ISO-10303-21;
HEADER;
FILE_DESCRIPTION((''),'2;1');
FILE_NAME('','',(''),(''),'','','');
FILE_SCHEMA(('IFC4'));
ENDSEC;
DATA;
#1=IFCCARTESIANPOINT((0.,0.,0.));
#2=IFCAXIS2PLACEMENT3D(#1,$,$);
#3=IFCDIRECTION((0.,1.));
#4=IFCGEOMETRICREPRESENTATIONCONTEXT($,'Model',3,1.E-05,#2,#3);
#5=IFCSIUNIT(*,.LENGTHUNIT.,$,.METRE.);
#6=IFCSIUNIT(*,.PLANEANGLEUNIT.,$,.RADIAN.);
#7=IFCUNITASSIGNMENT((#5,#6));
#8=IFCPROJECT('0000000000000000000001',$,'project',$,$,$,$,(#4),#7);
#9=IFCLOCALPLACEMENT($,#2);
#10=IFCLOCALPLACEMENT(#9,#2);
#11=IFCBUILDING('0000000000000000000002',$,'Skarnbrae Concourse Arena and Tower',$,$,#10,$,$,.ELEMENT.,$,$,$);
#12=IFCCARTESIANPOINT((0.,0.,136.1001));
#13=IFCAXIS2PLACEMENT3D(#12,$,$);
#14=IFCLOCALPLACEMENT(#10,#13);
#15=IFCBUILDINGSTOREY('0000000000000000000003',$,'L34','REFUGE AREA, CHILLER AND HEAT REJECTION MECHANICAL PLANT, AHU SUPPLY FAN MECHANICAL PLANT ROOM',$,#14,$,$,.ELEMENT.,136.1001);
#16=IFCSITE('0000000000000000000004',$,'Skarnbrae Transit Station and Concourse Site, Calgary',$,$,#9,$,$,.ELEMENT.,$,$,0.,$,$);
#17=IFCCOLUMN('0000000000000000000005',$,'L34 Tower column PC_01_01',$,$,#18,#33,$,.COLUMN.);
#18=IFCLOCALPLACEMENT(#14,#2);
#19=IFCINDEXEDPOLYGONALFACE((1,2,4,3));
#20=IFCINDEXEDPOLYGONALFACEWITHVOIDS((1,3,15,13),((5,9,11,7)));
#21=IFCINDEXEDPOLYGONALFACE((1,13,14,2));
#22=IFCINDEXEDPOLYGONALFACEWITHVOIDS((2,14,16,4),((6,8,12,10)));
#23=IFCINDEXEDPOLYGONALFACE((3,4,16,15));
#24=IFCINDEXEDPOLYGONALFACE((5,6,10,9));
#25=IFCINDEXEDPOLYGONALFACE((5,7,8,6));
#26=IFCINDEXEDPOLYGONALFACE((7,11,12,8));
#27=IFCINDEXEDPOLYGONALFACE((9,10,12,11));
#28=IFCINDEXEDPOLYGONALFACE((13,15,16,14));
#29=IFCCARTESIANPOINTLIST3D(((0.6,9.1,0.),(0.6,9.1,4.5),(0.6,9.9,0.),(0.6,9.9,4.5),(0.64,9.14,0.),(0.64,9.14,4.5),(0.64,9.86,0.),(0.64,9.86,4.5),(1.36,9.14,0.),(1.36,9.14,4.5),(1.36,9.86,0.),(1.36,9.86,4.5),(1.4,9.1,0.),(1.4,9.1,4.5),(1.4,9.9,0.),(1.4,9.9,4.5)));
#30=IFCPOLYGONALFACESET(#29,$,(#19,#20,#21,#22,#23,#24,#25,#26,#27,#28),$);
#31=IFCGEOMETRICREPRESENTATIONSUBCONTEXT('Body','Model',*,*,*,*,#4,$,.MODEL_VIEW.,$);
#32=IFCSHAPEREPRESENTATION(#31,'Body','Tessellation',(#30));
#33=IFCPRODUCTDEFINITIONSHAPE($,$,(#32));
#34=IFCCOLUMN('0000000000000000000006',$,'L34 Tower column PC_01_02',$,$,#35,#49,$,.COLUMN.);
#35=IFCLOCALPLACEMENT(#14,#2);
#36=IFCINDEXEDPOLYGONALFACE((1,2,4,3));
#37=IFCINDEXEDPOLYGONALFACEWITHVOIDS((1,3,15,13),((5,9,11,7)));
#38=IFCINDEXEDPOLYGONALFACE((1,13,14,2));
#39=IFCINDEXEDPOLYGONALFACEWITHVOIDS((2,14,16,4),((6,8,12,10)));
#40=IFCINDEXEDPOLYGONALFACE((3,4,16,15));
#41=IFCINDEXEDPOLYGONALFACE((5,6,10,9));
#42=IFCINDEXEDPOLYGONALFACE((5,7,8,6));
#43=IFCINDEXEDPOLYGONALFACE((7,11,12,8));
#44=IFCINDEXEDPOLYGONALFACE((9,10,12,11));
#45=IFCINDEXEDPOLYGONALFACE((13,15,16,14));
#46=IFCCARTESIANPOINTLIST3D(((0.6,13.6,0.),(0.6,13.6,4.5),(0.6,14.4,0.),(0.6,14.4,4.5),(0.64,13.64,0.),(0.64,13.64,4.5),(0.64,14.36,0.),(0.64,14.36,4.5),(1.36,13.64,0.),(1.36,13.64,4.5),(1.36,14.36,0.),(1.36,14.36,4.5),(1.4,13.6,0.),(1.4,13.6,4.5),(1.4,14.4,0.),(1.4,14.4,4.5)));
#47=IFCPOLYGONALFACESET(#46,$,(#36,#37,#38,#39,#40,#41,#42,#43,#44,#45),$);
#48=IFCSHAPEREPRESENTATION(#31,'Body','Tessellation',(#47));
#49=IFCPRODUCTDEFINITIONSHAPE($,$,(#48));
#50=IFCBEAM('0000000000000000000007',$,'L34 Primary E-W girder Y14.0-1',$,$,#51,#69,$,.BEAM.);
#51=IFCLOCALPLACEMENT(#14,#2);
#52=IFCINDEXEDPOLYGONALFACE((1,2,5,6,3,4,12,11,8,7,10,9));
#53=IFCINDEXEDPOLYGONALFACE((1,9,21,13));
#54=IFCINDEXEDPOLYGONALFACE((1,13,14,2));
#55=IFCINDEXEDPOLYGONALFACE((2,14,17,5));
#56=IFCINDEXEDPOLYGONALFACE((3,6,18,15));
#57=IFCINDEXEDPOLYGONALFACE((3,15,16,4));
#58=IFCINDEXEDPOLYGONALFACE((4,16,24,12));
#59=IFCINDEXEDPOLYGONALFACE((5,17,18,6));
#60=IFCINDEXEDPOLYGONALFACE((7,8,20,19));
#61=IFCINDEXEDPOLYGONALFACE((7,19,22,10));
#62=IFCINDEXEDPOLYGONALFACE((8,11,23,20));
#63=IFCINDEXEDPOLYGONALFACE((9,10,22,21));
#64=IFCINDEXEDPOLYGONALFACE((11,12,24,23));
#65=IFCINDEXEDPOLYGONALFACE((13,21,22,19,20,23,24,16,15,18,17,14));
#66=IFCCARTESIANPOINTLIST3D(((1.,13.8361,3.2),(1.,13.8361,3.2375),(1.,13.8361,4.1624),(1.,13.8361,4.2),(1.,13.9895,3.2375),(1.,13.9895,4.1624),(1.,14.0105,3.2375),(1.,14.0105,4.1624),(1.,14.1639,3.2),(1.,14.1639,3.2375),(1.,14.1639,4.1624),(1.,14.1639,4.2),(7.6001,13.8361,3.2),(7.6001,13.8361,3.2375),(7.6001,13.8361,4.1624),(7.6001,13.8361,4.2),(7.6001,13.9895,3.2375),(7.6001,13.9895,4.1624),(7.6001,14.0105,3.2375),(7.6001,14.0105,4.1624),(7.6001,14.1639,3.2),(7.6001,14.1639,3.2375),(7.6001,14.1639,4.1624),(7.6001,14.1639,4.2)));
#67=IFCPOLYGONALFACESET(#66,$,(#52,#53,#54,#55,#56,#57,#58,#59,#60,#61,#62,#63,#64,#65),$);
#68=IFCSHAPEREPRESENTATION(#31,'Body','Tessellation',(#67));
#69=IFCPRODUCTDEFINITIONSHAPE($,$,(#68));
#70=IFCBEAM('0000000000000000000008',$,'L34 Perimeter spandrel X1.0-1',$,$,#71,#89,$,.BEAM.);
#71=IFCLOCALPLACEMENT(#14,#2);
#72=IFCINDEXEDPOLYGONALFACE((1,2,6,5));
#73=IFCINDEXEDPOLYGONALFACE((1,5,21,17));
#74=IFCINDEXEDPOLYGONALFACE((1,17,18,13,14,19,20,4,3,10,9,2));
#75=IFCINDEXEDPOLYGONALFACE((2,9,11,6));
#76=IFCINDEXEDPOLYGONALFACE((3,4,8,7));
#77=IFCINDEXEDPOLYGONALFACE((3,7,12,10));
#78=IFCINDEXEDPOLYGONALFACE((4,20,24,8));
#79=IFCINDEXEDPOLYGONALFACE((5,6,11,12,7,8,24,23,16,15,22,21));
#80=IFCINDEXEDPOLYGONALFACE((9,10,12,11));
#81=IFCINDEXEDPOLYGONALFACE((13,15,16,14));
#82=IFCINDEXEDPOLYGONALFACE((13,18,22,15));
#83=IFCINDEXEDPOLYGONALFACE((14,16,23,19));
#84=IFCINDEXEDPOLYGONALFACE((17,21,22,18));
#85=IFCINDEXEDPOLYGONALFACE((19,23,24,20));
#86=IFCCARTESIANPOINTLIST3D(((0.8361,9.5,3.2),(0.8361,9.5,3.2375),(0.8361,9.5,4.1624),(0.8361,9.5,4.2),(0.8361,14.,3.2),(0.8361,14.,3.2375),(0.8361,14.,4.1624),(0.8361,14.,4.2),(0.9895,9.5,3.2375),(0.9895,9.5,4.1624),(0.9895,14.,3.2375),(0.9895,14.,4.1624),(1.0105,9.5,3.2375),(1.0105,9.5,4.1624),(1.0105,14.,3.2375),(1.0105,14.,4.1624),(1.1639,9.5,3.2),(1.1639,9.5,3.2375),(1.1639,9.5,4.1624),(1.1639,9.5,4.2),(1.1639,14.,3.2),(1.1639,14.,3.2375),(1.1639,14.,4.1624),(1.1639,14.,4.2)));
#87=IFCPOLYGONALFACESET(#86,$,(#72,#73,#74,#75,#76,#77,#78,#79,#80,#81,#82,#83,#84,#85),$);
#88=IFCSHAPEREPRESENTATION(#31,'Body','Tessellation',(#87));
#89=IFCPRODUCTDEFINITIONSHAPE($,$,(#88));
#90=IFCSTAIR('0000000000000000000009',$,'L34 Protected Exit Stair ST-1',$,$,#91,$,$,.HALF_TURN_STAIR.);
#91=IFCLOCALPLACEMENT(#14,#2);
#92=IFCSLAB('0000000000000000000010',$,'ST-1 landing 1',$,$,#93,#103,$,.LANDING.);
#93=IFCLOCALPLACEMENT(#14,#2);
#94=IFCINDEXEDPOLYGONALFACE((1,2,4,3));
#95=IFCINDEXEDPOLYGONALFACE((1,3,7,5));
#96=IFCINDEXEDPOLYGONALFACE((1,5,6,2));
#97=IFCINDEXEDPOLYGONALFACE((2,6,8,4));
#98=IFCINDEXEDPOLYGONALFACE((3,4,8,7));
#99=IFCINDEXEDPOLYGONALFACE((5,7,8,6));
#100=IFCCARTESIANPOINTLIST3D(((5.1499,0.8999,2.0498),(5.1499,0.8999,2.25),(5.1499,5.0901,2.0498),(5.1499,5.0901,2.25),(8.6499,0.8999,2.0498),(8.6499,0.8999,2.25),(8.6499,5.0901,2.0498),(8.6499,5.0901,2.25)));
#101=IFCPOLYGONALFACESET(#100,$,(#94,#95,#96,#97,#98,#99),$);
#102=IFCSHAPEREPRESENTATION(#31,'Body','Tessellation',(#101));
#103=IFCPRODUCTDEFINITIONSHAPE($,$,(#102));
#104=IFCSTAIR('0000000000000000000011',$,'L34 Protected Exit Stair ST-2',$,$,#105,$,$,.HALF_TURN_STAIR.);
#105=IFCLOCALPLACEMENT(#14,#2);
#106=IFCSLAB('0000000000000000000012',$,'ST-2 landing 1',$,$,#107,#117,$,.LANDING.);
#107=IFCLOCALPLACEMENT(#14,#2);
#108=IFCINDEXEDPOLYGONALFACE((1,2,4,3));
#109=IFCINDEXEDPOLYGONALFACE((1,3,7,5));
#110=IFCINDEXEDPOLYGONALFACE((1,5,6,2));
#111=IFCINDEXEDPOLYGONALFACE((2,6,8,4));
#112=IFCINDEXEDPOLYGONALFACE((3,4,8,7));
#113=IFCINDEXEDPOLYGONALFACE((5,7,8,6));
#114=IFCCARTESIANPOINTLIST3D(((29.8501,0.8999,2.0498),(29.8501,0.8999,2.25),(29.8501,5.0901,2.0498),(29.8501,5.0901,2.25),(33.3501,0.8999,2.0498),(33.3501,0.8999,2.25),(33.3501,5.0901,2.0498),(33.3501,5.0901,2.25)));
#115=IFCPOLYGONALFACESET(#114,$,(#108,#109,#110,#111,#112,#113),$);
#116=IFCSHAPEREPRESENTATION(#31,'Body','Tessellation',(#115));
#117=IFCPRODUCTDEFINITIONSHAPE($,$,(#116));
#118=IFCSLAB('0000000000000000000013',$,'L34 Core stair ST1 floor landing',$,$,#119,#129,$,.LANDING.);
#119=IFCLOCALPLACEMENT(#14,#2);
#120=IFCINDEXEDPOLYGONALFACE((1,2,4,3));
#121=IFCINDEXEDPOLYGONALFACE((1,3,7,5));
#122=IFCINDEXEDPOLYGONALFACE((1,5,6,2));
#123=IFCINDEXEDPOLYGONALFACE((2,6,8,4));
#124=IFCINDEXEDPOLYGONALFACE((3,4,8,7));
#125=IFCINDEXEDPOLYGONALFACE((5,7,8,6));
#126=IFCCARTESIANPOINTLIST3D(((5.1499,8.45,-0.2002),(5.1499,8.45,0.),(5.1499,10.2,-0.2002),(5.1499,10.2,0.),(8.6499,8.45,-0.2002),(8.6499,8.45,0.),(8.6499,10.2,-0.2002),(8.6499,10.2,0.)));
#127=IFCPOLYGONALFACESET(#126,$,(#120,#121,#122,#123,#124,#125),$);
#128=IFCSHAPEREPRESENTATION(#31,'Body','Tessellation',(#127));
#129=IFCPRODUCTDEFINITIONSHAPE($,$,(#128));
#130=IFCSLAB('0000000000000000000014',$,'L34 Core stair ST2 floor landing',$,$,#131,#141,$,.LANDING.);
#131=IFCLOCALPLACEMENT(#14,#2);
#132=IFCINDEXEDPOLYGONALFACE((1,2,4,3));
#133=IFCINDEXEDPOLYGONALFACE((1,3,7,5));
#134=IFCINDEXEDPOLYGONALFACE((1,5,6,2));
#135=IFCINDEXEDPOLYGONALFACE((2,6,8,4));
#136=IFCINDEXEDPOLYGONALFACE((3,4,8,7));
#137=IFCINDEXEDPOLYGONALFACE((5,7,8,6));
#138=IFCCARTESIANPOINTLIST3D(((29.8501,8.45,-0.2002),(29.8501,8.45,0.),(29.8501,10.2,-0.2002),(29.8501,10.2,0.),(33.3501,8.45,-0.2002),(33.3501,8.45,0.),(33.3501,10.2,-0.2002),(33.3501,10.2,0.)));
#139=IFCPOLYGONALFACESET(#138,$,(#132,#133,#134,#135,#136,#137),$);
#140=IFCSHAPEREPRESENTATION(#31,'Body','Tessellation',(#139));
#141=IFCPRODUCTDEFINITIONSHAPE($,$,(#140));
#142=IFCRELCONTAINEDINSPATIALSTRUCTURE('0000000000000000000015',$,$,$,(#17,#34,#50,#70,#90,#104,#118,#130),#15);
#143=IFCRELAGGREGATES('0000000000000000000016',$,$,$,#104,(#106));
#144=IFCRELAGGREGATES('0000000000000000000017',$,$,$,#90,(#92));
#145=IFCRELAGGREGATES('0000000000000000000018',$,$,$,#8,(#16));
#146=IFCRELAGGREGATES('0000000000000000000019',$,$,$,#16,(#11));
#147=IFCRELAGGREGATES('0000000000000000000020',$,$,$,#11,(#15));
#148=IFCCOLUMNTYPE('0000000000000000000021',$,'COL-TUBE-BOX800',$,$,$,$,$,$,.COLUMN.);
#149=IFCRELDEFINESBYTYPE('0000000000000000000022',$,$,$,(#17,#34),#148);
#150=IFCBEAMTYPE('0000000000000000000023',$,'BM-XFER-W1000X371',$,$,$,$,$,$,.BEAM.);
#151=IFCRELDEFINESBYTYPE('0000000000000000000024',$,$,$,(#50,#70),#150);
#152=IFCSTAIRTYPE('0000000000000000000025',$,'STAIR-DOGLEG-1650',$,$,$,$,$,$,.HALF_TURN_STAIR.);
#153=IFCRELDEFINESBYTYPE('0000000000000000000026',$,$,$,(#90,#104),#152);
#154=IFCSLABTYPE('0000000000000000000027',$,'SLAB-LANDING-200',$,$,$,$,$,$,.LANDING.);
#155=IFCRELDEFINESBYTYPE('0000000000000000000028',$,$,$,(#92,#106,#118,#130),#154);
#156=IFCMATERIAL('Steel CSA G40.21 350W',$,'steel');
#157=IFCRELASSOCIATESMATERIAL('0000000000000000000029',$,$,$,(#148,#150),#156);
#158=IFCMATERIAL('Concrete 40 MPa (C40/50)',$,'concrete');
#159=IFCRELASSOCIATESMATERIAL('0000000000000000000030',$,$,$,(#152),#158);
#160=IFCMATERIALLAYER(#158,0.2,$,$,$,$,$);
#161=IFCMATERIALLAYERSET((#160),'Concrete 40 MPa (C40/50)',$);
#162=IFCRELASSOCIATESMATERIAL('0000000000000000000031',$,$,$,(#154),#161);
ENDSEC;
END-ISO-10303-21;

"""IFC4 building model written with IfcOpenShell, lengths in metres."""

from ifc_helpers import new_model, si_unit, direction, frame, origin, origin_2d, place, context, subcontext, project, spatial, polyline, hollow_rectangle, i_section, outline, extrude, source, transform, mapped, material, layer, layer_set, material_profile, profile_set, type_object, element, aggregate, save


model = new_model("IFC4")

# Units and contexts
model_context = context("Model", 3, precision=1e-05, world=origin(), true_north=direction((0.0, 1.0)))
body_context = subcontext(model_context, "Body", "Model", "MODEL_VIEW")
ifc_project = project(units=[si_unit("LENGTHUNIT", "METRE"), si_unit("PLANEANGLEUNIT", "RADIAN")], contexts=[model_context])

# Site, building, storey
site_placement = place(None, origin())
site = spatial("IfcSite", under=ifc_project, at=site_placement, Name="Skarnbrae Transit Station and Concourse Site, Calgary", CompositionType="ELEMENT", RefElevation=0.0)
building_placement = place(site_placement, origin())
building = spatial("IfcBuilding", under=site, at=building_placement, Name="Skarnbrae Concourse Arena and Tower", CompositionType="ELEMENT")
storey_placement = place(building_placement, frame((0.0, 0.0, 136.1001)))
storey = spatial("IfcBuildingStorey", under=building, at=storey_placement, Name="L34", Description="REFUGE AREA, CHILLER AND HEAT REJECTION MECHANICAL PLANT, AHU SUPPLY FAN MECHANICAL PLANT ROOM", CompositionType="ELEMENT", Elevation=136.1001)

# Columns
ifc_material_1 = material(Name="Steel CSA G40.21 350W", Category="steel")
ifc_material_profile_1 = material_profile(ifc_material_1, hollow_rectangle(XDim=0.8, YDim=0.8, WallThickness=0.04, at=origin_2d()), Name="BOX800X800X40")
ifc_profile_set_1 = profile_set([ifc_material_profile_1], Name="Steel CSA G40.21 350W")
column_type = type_object("IfcColumnType", Name="COL-TUBE-BOX800", PredefinedType="COLUMN", material=ifc_profile_set_1)
shared_shape_1 = source(origin(), body_context, "Body", "SweptSolid", [
    extrude(hollow_rectangle(XDim=0.8, YDim=0.8, WallThickness=0.04, at=origin_2d()), origin(), (0.0, 0.0, 1.0), 4.5),
])
for number, where, z_axis, x_axis, name in (
    (1, (1.0, 9.5, 0.0), (0.0, 0.0, 1.0), (1.0, 0.0, 0.0), "L34 Tower column PC_01_01"),
    (2, (1.0, 14.0, 0.0), (0.0, 0.0, 1.0), (1.0, 0.0, 0.0), "L34 Tower column PC_01_02"),
):
    element("IfcColumn", number, at=place(storey_placement, frame(where, z_axis=z_axis, x_axis=x_axis)), inside=storey, type_object=column_type, Name=name, PredefinedType="COLUMN", context=body_context, shape_type="MappedRepresentation", body=[
        mapped(shared_shape_1, transform((0.0, 0.0, 0.0))),
    ])

# Beams
ifc_material_profile_2 = material_profile(ifc_material_1, i_section(OverallWidth=0.3279, OverallDepth=1.0, WebThickness=0.021, FlangeThickness=0.0376, at=origin_2d()), Name="W1000X371")
ifc_profile_set_2 = profile_set([ifc_material_profile_2], Name="Steel CSA G40.21 350W")
beam_type = type_object("IfcBeamType", Name="BM-XFER-W1000X371", PredefinedType="BEAM", material=ifc_profile_set_2)
shared_shape_2 = source(origin(), body_context, "Body", "SweptSolid", [
    extrude(i_section(OverallWidth=0.3279, OverallDepth=1.0, WebThickness=0.021, FlangeThickness=0.0376, at=origin_2d()), origin(), (0.0, 0.0, 1.0), 6.6001),
])
beam_1_placement = place(storey_placement, frame((1.0, 14.0, 3.7), z_axis=(1.0, 0.0, 0.0), x_axis=(0.0, 1.0, 0.0)))
element("IfcBeam", 3, at=beam_1_placement, inside=storey, type_object=beam_type, Name="L34 Primary E-W girder Y14.0-1", PredefinedType="BEAM", context=body_context, shape_type="MappedRepresentation", body=[
    mapped(shared_shape_2, transform((0.0, 0.0, 0.0))),
])
shared_shape_3 = source(origin(), body_context, "Body", "SweptSolid", [
    extrude(i_section(OverallWidth=0.3279, OverallDepth=1.0, WebThickness=0.021, FlangeThickness=0.0376, at=origin_2d()), origin(), (0.0, 0.0, 1.0), 4.5),
])
beam_2_placement = place(storey_placement, frame((1.0, 9.5, 3.7), z_axis=(0.0, 1.0, 0.0), x_axis=(-1.0, 0.0, 0.0)))
element("IfcBeam", 4, at=beam_2_placement, inside=storey, type_object=beam_type, Name="L34 Perimeter spandrel X1.0-1", PredefinedType="BEAM", context=body_context, shape_type="MappedRepresentation", body=[
    mapped(shared_shape_3, transform((0.0, 0.0, 0.0))),
])

# Stairs, slabs
ifc_material_2 = material(Name="Concrete 40 MPa (C40/50)", Category="concrete")
stair_type = type_object("IfcStairType", Name="STAIR-DOGLEG-1650", PredefinedType="HALF_TURN_STAIR", material=ifc_material_2)
stair_1_placement = place(storey_placement, origin())
stair_1 = element("IfcStair", 5, at=stair_1_placement, inside=storey, type_object=stair_type, Name="L34 Protected Exit Stair ST-1", PredefinedType="HALF_TURN_STAIR")
ifc_layer_1 = layer(ifc_material_2, 0.2)
ifc_layer_set_1 = layer_set([ifc_layer_1], Name="Concrete 40 MPa (C40/50)")
slab_type_1 = type_object("IfcSlabType", Name="SLAB-LANDING-200", PredefinedType="LANDING", material=ifc_layer_set_1)
slab_1_placement = place(storey_placement, frame((0.0, 0.0, 2.0498)))
slab_1 = element("IfcSlab", 6, at=slab_1_placement, type_object=slab_type_1, Name="ST-1 landing 1", PredefinedType="LANDING", context=body_context, shape_type="SweptSolid", body=[
    extrude(outline(polyline([(5.1499, 5.0901), (5.1499, 0.8999), (8.6499, 0.8999), (8.6499, 5.0901), (5.1499, 5.0901)])), origin(), (0.0, 0.0, 1.0), 0.2002),
])
stair_2_placement = place(storey_placement, origin())
stair_2 = element("IfcStair", 7, at=stair_2_placement, inside=storey, type_object=stair_type, Name="L34 Protected Exit Stair ST-2", PredefinedType="HALF_TURN_STAIR")
slab_2_placement = place(storey_placement, frame((0.0, 0.0, 2.0498)))
slab_2 = element("IfcSlab", 8, at=slab_2_placement, type_object=slab_type_1, Name="ST-2 landing 1", PredefinedType="LANDING", context=body_context, shape_type="SweptSolid", body=[
    extrude(outline(polyline([(29.8501, 5.0901), (29.8501, 0.8999), (33.3501, 0.8999), (33.3501, 5.0901), (29.8501, 5.0901)])), origin(), (0.0, 0.0, 1.0), 0.2002),
])
aggregate(stair_2, [slab_2])

# Slabs
slab_3_placement = place(storey_placement, frame((0.0, 0.0, -0.2002)))
element("IfcSlab", 9, at=slab_3_placement, inside=storey, type_object=slab_type_1, Name="L34 Core stair ST1 floor landing", PredefinedType="LANDING", context=body_context, shape_type="SweptSolid", body=[
    extrude(outline(polyline([(5.1499, 10.2), (5.1499, 8.45), (8.6499, 8.45), (8.6499, 10.2), (5.1499, 10.2)])), origin(), (0.0, 0.0, 1.0), 0.2002),
])
slab_4_placement = place(storey_placement, frame((0.0, 0.0, -0.2002)))
element("IfcSlab", 10, at=slab_4_placement, inside=storey, type_object=slab_type_1, Name="L34 Core stair ST2 floor landing", PredefinedType="LANDING", context=body_context, shape_type="SweptSolid", body=[
    extrude(outline(polyline([(29.8501, 10.2), (29.8501, 8.45), (33.3501, 8.45), (33.3501, 10.2), (29.8501, 10.2)])), origin(), (0.0, 0.0, 1.0), 0.2002),
])

aggregate(stair_1, [slab_1])

save(model, "model.ifc")
